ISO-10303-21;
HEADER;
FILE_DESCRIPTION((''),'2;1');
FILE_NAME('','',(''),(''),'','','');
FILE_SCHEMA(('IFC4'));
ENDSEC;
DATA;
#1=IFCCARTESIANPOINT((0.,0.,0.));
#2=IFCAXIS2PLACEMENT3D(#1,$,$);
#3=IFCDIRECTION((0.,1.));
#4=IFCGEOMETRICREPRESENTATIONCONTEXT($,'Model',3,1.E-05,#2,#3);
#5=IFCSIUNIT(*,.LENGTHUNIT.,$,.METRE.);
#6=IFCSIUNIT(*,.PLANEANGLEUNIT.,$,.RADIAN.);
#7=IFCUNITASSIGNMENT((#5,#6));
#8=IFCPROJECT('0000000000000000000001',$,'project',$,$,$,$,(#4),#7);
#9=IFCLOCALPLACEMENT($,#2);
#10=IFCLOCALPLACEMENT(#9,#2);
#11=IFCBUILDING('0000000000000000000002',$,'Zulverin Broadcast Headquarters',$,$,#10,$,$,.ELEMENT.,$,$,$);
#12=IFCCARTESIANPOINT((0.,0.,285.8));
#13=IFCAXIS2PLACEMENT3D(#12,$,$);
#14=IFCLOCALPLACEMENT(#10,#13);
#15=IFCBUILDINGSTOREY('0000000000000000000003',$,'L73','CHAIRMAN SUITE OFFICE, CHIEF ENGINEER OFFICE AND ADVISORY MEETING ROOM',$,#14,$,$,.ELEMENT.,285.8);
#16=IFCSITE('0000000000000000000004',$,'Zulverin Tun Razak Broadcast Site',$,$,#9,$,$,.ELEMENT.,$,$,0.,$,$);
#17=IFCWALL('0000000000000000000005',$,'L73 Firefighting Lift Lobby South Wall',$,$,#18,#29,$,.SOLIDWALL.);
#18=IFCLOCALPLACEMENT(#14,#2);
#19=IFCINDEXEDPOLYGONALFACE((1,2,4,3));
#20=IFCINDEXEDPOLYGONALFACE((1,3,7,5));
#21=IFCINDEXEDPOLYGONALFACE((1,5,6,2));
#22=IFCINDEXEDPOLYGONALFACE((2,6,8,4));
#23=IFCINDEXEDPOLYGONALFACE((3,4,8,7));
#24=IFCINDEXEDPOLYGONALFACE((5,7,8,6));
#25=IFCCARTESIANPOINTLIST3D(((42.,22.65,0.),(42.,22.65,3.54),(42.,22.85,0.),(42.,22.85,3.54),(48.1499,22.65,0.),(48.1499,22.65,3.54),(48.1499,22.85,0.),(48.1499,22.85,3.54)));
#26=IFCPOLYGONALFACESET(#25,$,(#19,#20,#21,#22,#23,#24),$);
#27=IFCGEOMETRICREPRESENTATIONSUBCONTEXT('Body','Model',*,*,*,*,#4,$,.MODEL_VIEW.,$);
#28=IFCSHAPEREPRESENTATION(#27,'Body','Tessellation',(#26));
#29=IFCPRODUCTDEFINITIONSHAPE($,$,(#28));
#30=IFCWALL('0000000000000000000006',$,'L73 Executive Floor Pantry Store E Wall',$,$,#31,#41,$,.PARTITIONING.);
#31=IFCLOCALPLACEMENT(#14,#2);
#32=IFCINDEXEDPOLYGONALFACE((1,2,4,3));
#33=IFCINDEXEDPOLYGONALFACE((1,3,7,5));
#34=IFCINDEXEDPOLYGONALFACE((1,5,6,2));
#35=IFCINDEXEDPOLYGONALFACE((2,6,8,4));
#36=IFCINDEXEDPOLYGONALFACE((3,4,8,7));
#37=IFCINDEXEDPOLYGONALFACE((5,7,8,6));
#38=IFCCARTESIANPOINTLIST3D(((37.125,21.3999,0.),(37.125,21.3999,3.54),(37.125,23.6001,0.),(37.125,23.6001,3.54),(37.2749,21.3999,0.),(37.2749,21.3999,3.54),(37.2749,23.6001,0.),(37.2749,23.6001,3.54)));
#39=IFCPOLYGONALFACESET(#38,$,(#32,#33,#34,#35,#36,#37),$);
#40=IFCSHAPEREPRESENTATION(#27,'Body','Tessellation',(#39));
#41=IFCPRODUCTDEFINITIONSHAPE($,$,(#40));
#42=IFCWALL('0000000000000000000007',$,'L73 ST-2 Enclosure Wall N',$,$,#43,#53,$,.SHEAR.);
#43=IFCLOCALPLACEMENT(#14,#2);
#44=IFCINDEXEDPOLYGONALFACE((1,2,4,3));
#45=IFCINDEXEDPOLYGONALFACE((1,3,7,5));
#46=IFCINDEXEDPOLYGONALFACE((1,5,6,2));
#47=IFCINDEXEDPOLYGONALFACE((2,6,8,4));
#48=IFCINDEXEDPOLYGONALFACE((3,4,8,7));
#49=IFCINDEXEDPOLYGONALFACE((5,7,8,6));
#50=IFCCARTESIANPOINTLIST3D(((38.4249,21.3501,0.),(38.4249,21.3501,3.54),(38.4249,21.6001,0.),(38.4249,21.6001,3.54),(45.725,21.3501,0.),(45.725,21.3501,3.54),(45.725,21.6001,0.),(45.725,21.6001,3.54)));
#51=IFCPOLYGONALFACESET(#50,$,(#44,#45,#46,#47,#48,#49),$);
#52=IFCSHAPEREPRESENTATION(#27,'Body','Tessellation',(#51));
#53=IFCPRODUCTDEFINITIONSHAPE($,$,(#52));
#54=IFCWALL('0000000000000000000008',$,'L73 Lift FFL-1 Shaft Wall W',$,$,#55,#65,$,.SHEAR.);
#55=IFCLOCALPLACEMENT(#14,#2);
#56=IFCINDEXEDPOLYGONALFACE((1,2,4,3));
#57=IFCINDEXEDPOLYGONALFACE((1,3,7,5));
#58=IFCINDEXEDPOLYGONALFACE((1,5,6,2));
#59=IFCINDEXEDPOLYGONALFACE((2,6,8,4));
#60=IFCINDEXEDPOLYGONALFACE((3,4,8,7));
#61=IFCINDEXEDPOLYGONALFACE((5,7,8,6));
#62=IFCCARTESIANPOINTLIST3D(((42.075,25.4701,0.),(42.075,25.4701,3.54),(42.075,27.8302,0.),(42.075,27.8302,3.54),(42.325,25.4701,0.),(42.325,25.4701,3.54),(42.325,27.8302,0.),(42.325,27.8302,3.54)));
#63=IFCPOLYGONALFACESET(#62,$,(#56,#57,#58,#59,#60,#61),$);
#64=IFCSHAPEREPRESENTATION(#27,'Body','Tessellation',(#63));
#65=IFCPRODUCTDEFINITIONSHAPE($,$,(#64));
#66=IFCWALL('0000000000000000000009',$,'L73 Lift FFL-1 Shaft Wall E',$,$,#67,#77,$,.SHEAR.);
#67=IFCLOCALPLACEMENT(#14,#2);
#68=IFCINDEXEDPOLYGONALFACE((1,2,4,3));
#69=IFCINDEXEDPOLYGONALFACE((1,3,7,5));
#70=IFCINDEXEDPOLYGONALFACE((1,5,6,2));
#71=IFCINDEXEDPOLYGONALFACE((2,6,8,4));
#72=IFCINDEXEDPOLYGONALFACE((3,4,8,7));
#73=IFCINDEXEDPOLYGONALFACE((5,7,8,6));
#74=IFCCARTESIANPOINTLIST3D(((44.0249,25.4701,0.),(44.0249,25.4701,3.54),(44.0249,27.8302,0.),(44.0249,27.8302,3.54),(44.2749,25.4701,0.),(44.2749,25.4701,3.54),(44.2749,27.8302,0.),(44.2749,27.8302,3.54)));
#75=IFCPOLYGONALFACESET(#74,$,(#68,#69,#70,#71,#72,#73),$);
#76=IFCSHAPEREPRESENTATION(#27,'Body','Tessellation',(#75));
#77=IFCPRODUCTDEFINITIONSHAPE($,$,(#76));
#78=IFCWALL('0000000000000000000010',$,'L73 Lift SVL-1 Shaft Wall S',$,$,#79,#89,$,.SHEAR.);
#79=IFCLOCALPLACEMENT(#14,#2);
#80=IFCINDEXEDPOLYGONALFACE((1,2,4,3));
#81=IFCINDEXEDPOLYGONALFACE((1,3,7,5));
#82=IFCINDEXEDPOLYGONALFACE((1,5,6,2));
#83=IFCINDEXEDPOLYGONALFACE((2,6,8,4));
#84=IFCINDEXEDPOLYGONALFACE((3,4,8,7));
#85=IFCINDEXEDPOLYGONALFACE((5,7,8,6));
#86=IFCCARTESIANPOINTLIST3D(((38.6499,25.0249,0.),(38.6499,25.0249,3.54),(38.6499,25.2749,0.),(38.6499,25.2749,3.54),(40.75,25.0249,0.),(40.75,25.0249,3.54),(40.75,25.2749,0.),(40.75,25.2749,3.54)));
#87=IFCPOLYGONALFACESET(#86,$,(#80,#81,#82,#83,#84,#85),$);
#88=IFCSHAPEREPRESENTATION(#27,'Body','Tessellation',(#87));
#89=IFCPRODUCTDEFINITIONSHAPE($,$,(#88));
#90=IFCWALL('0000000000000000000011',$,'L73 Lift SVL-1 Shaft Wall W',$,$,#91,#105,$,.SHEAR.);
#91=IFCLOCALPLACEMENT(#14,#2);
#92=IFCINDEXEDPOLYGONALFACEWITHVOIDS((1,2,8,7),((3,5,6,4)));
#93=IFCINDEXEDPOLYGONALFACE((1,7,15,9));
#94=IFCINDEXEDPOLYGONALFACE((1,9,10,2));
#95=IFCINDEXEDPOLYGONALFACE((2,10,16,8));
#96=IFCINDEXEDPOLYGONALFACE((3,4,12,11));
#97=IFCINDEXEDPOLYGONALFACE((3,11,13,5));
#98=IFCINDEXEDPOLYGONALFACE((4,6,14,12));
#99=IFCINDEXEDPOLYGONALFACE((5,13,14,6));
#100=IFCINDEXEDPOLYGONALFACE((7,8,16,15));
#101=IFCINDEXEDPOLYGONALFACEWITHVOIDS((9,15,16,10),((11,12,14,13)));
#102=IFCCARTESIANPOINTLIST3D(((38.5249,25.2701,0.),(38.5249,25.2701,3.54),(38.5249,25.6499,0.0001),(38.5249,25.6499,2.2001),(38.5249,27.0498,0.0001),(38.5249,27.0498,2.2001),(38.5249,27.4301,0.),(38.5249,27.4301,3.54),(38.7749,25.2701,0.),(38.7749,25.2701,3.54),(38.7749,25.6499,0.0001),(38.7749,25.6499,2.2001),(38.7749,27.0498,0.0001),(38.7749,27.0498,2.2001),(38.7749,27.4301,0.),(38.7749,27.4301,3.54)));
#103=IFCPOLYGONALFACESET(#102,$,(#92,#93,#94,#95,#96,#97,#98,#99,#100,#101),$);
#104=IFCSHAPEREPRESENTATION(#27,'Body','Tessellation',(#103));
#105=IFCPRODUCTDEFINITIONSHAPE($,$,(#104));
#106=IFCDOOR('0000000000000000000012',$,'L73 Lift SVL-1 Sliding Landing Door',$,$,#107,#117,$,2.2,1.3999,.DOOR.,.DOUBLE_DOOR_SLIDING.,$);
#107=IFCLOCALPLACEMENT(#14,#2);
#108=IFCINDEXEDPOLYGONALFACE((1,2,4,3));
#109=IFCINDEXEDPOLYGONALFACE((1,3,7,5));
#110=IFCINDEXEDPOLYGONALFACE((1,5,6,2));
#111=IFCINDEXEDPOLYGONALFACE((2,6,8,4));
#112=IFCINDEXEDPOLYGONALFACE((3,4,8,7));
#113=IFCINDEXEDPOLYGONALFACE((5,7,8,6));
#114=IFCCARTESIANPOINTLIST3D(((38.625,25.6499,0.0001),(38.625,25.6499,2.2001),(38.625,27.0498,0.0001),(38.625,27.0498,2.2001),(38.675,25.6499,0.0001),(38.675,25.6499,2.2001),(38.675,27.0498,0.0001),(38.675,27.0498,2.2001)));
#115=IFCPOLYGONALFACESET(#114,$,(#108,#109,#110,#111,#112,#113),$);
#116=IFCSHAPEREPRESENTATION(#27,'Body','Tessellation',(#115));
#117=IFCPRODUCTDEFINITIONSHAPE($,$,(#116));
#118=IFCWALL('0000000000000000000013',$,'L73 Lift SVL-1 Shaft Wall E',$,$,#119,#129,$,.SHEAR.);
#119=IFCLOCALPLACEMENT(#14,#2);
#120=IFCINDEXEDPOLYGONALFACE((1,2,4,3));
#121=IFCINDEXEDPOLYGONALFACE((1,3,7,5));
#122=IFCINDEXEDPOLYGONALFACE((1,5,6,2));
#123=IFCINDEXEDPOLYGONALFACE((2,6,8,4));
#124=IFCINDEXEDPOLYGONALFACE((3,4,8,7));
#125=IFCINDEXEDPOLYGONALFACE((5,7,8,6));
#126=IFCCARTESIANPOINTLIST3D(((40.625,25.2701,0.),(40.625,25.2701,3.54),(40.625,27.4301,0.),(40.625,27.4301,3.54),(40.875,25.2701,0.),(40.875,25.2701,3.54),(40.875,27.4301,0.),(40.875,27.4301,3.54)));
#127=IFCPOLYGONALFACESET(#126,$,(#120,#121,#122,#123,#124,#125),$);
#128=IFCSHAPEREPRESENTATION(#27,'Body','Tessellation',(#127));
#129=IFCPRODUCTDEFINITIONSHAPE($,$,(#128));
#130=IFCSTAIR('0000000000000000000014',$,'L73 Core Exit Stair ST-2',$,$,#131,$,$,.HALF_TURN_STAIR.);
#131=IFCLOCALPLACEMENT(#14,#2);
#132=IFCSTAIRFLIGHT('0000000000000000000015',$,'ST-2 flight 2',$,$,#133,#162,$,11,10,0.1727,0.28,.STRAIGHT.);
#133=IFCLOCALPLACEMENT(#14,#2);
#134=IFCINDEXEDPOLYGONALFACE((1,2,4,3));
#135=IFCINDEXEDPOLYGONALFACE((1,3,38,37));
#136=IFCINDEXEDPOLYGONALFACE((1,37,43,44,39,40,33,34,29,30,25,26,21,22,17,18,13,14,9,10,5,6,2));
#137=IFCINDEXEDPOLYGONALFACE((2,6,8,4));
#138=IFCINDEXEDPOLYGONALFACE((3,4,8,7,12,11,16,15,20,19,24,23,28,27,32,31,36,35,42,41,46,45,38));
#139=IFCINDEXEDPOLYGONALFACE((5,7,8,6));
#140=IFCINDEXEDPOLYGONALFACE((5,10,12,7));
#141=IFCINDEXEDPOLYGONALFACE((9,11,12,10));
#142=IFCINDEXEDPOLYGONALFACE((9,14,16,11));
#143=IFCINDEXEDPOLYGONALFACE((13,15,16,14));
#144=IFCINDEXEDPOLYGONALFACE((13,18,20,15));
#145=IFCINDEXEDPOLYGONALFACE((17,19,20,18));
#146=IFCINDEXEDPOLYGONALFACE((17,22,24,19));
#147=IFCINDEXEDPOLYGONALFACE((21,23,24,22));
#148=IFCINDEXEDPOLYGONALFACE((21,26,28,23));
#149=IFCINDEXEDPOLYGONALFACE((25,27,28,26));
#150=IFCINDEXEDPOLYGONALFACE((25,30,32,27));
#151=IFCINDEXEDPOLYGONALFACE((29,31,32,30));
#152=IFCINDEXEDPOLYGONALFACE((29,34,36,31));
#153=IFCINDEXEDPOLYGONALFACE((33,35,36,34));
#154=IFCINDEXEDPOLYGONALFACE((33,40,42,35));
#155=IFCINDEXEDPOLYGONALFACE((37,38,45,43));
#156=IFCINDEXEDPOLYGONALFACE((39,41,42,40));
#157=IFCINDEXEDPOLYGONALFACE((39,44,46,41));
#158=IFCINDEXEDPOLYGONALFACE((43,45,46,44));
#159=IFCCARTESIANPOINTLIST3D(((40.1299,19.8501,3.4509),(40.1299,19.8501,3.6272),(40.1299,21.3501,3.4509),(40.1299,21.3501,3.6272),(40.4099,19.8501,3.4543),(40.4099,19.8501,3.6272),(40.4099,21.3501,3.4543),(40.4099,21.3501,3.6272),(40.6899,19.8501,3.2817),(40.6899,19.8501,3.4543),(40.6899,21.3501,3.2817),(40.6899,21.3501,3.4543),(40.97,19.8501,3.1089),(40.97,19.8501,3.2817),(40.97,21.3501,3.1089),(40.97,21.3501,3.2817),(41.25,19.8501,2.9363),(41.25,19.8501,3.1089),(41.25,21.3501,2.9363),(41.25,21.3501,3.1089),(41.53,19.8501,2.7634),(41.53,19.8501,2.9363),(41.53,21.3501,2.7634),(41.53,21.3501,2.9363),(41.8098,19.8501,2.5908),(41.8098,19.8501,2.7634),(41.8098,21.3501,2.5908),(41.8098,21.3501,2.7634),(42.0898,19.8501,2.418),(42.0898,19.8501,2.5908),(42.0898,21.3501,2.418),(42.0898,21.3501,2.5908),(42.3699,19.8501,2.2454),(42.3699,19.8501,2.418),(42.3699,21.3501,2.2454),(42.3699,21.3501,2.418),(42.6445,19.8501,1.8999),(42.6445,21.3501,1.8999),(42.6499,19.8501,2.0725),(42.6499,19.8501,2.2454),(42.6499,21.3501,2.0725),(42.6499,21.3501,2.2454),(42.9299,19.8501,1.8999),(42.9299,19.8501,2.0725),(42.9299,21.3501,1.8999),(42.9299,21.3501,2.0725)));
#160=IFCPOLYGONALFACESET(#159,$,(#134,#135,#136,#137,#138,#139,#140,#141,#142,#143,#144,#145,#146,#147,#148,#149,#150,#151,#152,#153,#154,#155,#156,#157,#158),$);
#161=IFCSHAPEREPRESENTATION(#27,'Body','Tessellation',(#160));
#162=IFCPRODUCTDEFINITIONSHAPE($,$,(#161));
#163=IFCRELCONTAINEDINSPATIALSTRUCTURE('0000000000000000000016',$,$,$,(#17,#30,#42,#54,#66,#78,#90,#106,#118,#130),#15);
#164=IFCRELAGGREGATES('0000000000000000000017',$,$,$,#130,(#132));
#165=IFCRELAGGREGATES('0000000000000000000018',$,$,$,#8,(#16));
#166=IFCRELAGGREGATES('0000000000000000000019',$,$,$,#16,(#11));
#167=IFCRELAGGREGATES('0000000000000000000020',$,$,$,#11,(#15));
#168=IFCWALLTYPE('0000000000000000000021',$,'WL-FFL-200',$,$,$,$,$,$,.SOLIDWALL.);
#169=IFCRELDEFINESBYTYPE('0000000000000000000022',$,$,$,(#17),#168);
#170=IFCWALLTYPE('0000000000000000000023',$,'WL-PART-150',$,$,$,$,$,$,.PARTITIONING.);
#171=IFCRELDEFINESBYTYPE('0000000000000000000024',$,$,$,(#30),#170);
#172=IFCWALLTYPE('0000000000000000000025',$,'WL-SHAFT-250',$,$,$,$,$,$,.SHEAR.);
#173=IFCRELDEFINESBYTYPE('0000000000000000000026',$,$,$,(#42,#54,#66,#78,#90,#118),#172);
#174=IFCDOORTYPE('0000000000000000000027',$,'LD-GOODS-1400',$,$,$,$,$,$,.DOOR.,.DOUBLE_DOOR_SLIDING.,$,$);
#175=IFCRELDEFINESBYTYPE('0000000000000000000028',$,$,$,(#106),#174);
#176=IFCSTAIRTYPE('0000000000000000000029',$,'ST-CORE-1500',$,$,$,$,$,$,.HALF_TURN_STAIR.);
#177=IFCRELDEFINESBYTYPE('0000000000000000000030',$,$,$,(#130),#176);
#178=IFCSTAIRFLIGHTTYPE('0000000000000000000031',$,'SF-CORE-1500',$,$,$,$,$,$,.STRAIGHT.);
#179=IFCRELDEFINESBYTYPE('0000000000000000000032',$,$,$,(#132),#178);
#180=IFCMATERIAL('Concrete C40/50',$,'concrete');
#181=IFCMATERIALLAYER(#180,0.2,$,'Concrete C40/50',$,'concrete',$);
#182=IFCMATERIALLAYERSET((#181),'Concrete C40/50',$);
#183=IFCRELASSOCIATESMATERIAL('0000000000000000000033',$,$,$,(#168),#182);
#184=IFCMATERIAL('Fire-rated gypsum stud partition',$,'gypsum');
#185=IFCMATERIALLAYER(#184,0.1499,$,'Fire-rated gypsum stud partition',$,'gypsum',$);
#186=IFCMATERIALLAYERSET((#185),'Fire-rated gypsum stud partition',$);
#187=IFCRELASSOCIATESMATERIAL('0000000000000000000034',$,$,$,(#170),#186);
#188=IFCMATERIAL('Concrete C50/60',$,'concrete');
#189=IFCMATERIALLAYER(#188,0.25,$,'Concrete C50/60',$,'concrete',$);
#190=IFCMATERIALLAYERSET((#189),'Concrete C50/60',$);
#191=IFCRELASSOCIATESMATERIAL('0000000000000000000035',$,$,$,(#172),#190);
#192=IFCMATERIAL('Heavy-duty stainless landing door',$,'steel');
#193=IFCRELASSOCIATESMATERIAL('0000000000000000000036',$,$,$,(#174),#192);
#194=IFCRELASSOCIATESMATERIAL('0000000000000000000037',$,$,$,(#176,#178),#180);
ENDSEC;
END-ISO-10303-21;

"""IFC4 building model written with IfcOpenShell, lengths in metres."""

from ifc_helpers import new_model, si_unit, direction, frame, frame_2d, origin, place, context, subcontext, project, spatial, polyline, rectangle, outline, extrude, material, layer, layer_set, type_object, element, fill, aggregate, save


model = new_model("IFC4")

# Units and contexts
model_context = context("Model", 3, precision=1e-05, world=origin(), true_north=direction((0.0, 1.0)))
body_context = subcontext(model_context, "Body", "Model", "MODEL_VIEW")
ifc_project = project(units=[si_unit("LENGTHUNIT", "METRE"), si_unit("PLANEANGLEUNIT", "RADIAN")], contexts=[model_context])

# Site, building, storey
site_placement = place(None, origin())
site = spatial("IfcSite", under=ifc_project, at=site_placement, Name="Zulverin Tun Razak Broadcast Site", CompositionType="ELEMENT", RefElevation=0.0)
building_placement = place(site_placement, origin())
building = spatial("IfcBuilding", under=site, at=building_placement, Name="Zulverin Broadcast Headquarters", CompositionType="ELEMENT")
storey_placement = place(building_placement, frame((0.0, 0.0, 285.8)))
storey = spatial("IfcBuildingStorey", under=building, at=storey_placement, Name="L73", Description="CHAIRMAN SUITE OFFICE, CHIEF ENGINEER OFFICE AND ADVISORY MEETING ROOM", CompositionType="ELEMENT", Elevation=285.8)

# Shared definitions
ifc_material_1 = material(Name="Concrete C40/50", Category="concrete")
ifc_layer_1 = layer(ifc_material_1, 0.2, Name="Concrete C40/50", Category="concrete")
ifc_layer_set_1 = layer_set([ifc_layer_1], Name="Concrete C40/50")
wall_type_1 = type_object("IfcWallType", Name="WL-FFL-200", PredefinedType="SOLIDWALL", material=ifc_layer_set_1)

# Wall
wall_1_placement = place(storey_placement, frame((42.0, 22.75, 0.0), z_axis=(0.0, 0.0, 1.0), x_axis=(1.0, 0.0, 0.0)))
element("IfcWall", 1, at=wall_1_placement, inside=storey, type_object=wall_type_1, Name="L73 Firefighting Lift Lobby South Wall", PredefinedType="SOLIDWALL", context=body_context, shape_type="SweptSolid", body=[
    extrude(rectangle(XDim=6.1499, YDim=0.2, at=frame_2d((3.075, 0.0))), origin(), (0.0, 0.0, 1.0), 3.54),
])

# Walls
ifc_material_2 = material(Name="Fire-rated gypsum stud partition", Category="gypsum")
ifc_layer_2 = layer(ifc_material_2, 0.1499, Name="Fire-rated gypsum stud partition", Category="gypsum")
ifc_layer_set_2 = layer_set([ifc_layer_2], Name="Fire-rated gypsum stud partition")
wall_type_2 = type_object("IfcWallType", Name="WL-PART-150", PredefinedType="PARTITIONING", material=ifc_layer_set_2)
wall_2_placement = place(storey_placement, frame((37.2, 21.3999, 0.0), z_axis=(0.0, 0.0, 1.0), x_axis=(0.0, 1.0, 0.0)))
element("IfcWall", 2, at=wall_2_placement, inside=storey, type_object=wall_type_2, Name="L73 Executive Floor Pantry Store E Wall", PredefinedType="PARTITIONING", context=body_context, shape_type="SweptSolid", body=[
    extrude(rectangle(XDim=2.2002, YDim=0.1499, at=frame_2d((1.1001, 0.0))), origin(), (0.0, 0.0, 1.0), 3.54),
])
ifc_material_3 = material(Name="Concrete C50/60", Category="concrete")
ifc_layer_3 = layer(ifc_material_3, 0.25, Name="Concrete C50/60", Category="concrete")
ifc_layer_set_3 = layer_set([ifc_layer_3], Name="Concrete C50/60")
wall_type_3 = type_object("IfcWallType", Name="WL-SHAFT-250", PredefinedType="SHEAR", material=ifc_layer_set_3)
wall_3_placement = place(storey_placement, frame((38.425, 21.4751, 0.0), z_axis=(0.0, 0.0, 1.0), x_axis=(1.0, 0.0, 0.0)))
element("IfcWall", 3, at=wall_3_placement, inside=storey, type_object=wall_type_3, Name="L73 ST-2 Enclosure Wall N", PredefinedType="SHEAR", context=body_context, shape_type="SweptSolid", body=[
    extrude(rectangle(XDim=7.3, YDim=0.25, at=frame_2d((3.6499, 0.0))), origin(), (0.0, 0.0, 1.0), 3.54),
])

# Walls
for number, where, z_axis, x_axis, name in (
    (4, (42.2, 25.47, 0.0), (0.0, 0.0, 1.0), (0.0, 1.0, 0.0), "L73 Lift FFL-1 Shaft Wall W"),
    (5, (44.1499, 25.47, 0.0), (0.0, 0.0, 1.0), (0.0, 1.0, 0.0), "L73 Lift FFL-1 Shaft Wall E"),
):
    element("IfcWall", number, at=place(storey_placement, frame(where, z_axis=z_axis, x_axis=x_axis)), inside=storey, type_object=wall_type_3, Name=name, PredefinedType="SHEAR", context=body_context, shape_type="SweptSolid", body=[
        extrude(rectangle(XDim=2.3601, YDim=0.25, at=frame_2d((1.1802, 0.0))), origin(), (0.0, 0.0, 1.0), 3.54),
    ])

# Wall
wall_4_placement = place(storey_placement, frame((38.6499, 25.1499, 0.0), z_axis=(0.0, 0.0, 1.0), x_axis=(1.0, 0.0, 0.0)))
element("IfcWall", 6, at=wall_4_placement, inside=storey, type_object=wall_type_3, Name="L73 Lift SVL-1 Shaft Wall S", PredefinedType="SHEAR", context=body_context, shape_type="SweptSolid", body=[
    extrude(rectangle(XDim=2.1001, YDim=0.25, at=frame_2d((1.05, 0.0))), origin(), (0.0, 0.0, 1.0), 3.54),
])

# Wall, opening, door
wall_5_placement = place(storey_placement, frame((38.6499, 25.27, 0.0), z_axis=(0.0, 0.0, 1.0), x_axis=(0.0, 1.0, 0.0)))
wall_5 = element("IfcWall", 7, at=wall_5_placement, inside=storey, type_object=wall_type_3, Name="L73 Lift SVL-1 Shaft Wall W", PredefinedType="SHEAR", context=body_context, shape_type="SweptSolid", body=[
    extrude(rectangle(XDim=2.1599, YDim=0.25, at=frame_2d((1.0801, 0.0))), origin(), (0.0, 0.0, 1.0), 3.54),
])
opening_1_placement = place(wall_5_placement, frame((0.3799, 0.0, 0.0)))
opening_1 = element("IfcOpeningElement", 8, at=opening_1_placement, cuts=wall_5, PredefinedType="OPENING", context=body_context, shape_type="SweptSolid", body=[
    extrude(rectangle(XDim=1.3999, YDim=2.2, at=frame_2d((0.7, 1.1001))), frame((0.0, 0.135, 0.0), z_axis=(0.0, -1.0, 0.0), x_axis=(1.0, 0.0, 0.0)), (0.0, 0.0, 1.0), 0.27),
])
ifc_material_4 = material(Name="Heavy-duty stainless landing door", Category="steel")
door_type_1 = type_object("IfcDoorType", Name="LD-GOODS-1400", OperationType="DOUBLE_DOOR_SLIDING", PredefinedType="DOOR", material=ifc_material_4)
door_1_placement = place(opening_1_placement, origin())
door_1 = element("IfcDoor", 9, at=door_1_placement, inside=storey, type_object=door_type_1, Name="L73 Lift SVL-1 Sliding Landing Door", OperationType="DOUBLE_DOOR_SLIDING", OverallHeight=2.2, OverallWidth=1.3999, PredefinedType="DOOR", context=body_context, shape_type="SweptSolid", body=[
    extrude(rectangle(XDim=1.3999, YDim=2.2, at=frame_2d((0.7, 1.1001))), frame((0.0, 0.0249, 0.0), z_axis=(0.0, -1.0, 0.0), x_axis=(1.0, 0.0, 0.0)), (0.0, 0.0, 1.0), 0.05),
])
fill(opening_1, door_1)

# Wall
wall_6_placement = place(storey_placement, frame((40.75, 25.27, 0.0), z_axis=(0.0, 0.0, 1.0), x_axis=(0.0, 1.0, 0.0)))
element("IfcWall", 10, at=wall_6_placement, inside=storey, type_object=wall_type_3, Name="L73 Lift SVL-1 Shaft Wall E", PredefinedType="SHEAR", context=body_context, shape_type="SweptSolid", body=[
    extrude(rectangle(XDim=2.1599, YDim=0.25, at=frame_2d((1.0801, 0.0))), origin(), (0.0, 0.0, 1.0), 3.54),
])

# Stair, stair flight
stair_type = type_object("IfcStairType", Name="ST-CORE-1500", PredefinedType="HALF_TURN_STAIR", material=ifc_material_1)
stair_placement = place(storey_placement, origin())
stair = element("IfcStair", 11, at=stair_placement, inside=storey, type_object=stair_type, Name="L73 Core Exit Stair ST-2", PredefinedType="HALF_TURN_STAIR")
stair_flight_type = type_object("IfcStairFlightType", Name="SF-CORE-1500", PredefinedType="STRAIGHT", material=ifc_material_1)
stair_flight_placement = place(storey_placement, frame((42.9299, 20.6001, 1.8999), z_axis=(0.0, 0.0, 1.0), x_axis=(-1.0, 0.0, 0.0)))
stair_flight = element("IfcStairFlight", 12, at=stair_flight_placement, type_object=stair_flight_type, Name="ST-2 flight 2", NumberOfRisers=11, NumberOfTreads=10, PredefinedType="STRAIGHT", RiserHeight=0.1727, TreadLength=0.28, context=body_context, shape_type="SweptSolid", body=[
    extrude(outline(polyline([(0.0, 0.0), (0.0, 0.1726), (0.28, 0.1726), (0.28, 0.3455), (0.5601, 0.3455), (0.5601, 0.5181), (0.8401, 0.5181), (0.8401, 0.6909), (1.1201, 0.6909), (1.1201, 0.8635), (1.3999, 0.8635), (1.3999, 1.0364), (1.6799, 1.0364), (1.6799, 1.209), (1.96, 1.209), (1.96, 1.3818), (2.24, 1.3818), (2.24, 1.5544), (2.52, 1.5544), (2.52, 1.7273), (2.8, 1.7273), (2.8, 1.8999), (2.8, 1.551), (0.2854, 0.0), (0.0, 0.0)])), frame((0.0, 0.75, 0.0), z_axis=(0.0, -1.0, 0.0), x_axis=(1.0, 0.0, 0.0)), (0.0, 0.0, 1.0), 1.5),
])
aggregate(stair, [stair_flight])

save(model, "model.ifc")
